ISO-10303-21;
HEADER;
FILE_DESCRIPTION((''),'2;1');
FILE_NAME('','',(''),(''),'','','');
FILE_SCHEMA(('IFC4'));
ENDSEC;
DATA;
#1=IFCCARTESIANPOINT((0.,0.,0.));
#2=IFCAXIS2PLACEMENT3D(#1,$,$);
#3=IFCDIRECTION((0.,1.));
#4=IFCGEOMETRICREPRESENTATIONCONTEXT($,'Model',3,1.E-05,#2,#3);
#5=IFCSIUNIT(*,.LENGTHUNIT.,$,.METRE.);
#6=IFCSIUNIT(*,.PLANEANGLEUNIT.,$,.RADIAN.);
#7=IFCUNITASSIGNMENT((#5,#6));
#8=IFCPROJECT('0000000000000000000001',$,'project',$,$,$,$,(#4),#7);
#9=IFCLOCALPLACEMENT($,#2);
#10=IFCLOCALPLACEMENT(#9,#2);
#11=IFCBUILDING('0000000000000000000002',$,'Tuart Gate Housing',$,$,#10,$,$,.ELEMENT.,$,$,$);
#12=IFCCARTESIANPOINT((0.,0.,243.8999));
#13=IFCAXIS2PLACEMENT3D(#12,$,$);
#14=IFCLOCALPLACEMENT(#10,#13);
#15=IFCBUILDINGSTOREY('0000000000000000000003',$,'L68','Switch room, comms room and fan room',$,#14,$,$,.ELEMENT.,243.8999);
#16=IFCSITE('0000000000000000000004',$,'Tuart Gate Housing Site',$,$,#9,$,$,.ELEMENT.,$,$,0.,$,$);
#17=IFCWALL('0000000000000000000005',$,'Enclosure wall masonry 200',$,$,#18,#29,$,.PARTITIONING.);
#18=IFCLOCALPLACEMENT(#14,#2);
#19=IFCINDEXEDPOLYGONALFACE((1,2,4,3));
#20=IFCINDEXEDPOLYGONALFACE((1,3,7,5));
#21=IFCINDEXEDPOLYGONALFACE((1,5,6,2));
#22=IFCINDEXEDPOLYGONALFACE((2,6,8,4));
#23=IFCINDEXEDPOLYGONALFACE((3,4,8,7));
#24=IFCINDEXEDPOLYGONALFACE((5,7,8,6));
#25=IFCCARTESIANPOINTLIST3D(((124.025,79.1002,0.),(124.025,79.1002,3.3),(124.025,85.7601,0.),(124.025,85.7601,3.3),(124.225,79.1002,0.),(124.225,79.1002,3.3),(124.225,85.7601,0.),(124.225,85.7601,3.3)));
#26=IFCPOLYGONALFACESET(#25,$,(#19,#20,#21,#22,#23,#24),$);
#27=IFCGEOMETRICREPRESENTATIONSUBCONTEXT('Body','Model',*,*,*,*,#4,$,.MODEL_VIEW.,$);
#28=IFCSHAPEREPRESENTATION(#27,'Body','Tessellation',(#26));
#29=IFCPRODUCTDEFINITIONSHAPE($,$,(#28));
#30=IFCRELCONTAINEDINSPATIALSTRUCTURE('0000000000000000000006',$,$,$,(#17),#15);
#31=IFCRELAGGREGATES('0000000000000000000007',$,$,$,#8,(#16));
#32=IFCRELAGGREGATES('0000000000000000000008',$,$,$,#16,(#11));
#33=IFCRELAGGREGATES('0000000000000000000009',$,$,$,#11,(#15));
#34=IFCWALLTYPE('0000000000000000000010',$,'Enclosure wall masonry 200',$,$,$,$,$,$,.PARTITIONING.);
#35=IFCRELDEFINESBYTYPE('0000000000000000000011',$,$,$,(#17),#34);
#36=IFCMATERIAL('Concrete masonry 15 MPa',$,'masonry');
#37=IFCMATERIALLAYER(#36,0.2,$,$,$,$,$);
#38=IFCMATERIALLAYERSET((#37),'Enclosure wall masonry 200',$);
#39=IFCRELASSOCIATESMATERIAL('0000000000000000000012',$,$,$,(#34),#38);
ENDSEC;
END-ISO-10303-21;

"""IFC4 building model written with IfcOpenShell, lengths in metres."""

from ifc_helpers import new_model, si_unit, direction, frame, frame_2d, origin, place, context, subcontext, project, spatial, rectangle, extrude, material, layer, layer_set, type_object, element, save


model = new_model("IFC4")

# Units and contexts
model_context = context("Model", 3, precision=1e-05, world=origin(), true_north=direction((0.0, 1.0)))
body_context = subcontext(model_context, "Body", "Model", "MODEL_VIEW")
ifc_project = project(units=[si_unit("LENGTHUNIT", "METRE"), si_unit("PLANEANGLEUNIT", "RADIAN")], contexts=[model_context])

# Site, building, storey
site_placement = place(None, origin())
site = spatial("IfcSite", under=ifc_project, at=site_placement, Name="Tuart Gate Housing Site", CompositionType="ELEMENT", RefElevation=0.0)
building_placement = place(site_placement, origin())
building = spatial("IfcBuilding", under=site, at=building_placement, Name="Tuart Gate Housing", CompositionType="ELEMENT")
storey_placement = place(building_placement, frame((0.0, 0.0, 243.8999)))
storey = spatial("IfcBuildingStorey", under=building, at=storey_placement, Name="L68", Description="Switch room, comms room and fan room", CompositionType="ELEMENT", Elevation=243.8999)

# Wall
ifc_material_1 = material(Name="Concrete masonry 15 MPa", Category="masonry")
ifc_layer = layer(ifc_material_1, 0.2)
ifc_layer_set = layer_set([ifc_layer], Name="Enclosure wall masonry 200")
wall_type = type_object("IfcWallType", Name="Enclosure wall masonry 200", PredefinedType="PARTITIONING", material=ifc_layer_set)
wall_1_placement = place(storey_placement, frame((124.125, 79.1001, 0.0), z_axis=(0.0, 0.0, 1.0), x_axis=(0.0, 1.0, 0.0)))
element("IfcWall", 1, at=wall_1_placement, inside=storey, type_object=wall_type, Name="Enclosure wall masonry 200", PredefinedType="PARTITIONING", context=body_context, shape_type="SweptSolid", body=[
    extrude(rectangle(XDim=6.6599, YDim=0.2, at=frame_2d((3.3301, 0.0))), origin(), (0.0, 0.0, 1.0), 3.3),
])

save(model, "model.ifc")
